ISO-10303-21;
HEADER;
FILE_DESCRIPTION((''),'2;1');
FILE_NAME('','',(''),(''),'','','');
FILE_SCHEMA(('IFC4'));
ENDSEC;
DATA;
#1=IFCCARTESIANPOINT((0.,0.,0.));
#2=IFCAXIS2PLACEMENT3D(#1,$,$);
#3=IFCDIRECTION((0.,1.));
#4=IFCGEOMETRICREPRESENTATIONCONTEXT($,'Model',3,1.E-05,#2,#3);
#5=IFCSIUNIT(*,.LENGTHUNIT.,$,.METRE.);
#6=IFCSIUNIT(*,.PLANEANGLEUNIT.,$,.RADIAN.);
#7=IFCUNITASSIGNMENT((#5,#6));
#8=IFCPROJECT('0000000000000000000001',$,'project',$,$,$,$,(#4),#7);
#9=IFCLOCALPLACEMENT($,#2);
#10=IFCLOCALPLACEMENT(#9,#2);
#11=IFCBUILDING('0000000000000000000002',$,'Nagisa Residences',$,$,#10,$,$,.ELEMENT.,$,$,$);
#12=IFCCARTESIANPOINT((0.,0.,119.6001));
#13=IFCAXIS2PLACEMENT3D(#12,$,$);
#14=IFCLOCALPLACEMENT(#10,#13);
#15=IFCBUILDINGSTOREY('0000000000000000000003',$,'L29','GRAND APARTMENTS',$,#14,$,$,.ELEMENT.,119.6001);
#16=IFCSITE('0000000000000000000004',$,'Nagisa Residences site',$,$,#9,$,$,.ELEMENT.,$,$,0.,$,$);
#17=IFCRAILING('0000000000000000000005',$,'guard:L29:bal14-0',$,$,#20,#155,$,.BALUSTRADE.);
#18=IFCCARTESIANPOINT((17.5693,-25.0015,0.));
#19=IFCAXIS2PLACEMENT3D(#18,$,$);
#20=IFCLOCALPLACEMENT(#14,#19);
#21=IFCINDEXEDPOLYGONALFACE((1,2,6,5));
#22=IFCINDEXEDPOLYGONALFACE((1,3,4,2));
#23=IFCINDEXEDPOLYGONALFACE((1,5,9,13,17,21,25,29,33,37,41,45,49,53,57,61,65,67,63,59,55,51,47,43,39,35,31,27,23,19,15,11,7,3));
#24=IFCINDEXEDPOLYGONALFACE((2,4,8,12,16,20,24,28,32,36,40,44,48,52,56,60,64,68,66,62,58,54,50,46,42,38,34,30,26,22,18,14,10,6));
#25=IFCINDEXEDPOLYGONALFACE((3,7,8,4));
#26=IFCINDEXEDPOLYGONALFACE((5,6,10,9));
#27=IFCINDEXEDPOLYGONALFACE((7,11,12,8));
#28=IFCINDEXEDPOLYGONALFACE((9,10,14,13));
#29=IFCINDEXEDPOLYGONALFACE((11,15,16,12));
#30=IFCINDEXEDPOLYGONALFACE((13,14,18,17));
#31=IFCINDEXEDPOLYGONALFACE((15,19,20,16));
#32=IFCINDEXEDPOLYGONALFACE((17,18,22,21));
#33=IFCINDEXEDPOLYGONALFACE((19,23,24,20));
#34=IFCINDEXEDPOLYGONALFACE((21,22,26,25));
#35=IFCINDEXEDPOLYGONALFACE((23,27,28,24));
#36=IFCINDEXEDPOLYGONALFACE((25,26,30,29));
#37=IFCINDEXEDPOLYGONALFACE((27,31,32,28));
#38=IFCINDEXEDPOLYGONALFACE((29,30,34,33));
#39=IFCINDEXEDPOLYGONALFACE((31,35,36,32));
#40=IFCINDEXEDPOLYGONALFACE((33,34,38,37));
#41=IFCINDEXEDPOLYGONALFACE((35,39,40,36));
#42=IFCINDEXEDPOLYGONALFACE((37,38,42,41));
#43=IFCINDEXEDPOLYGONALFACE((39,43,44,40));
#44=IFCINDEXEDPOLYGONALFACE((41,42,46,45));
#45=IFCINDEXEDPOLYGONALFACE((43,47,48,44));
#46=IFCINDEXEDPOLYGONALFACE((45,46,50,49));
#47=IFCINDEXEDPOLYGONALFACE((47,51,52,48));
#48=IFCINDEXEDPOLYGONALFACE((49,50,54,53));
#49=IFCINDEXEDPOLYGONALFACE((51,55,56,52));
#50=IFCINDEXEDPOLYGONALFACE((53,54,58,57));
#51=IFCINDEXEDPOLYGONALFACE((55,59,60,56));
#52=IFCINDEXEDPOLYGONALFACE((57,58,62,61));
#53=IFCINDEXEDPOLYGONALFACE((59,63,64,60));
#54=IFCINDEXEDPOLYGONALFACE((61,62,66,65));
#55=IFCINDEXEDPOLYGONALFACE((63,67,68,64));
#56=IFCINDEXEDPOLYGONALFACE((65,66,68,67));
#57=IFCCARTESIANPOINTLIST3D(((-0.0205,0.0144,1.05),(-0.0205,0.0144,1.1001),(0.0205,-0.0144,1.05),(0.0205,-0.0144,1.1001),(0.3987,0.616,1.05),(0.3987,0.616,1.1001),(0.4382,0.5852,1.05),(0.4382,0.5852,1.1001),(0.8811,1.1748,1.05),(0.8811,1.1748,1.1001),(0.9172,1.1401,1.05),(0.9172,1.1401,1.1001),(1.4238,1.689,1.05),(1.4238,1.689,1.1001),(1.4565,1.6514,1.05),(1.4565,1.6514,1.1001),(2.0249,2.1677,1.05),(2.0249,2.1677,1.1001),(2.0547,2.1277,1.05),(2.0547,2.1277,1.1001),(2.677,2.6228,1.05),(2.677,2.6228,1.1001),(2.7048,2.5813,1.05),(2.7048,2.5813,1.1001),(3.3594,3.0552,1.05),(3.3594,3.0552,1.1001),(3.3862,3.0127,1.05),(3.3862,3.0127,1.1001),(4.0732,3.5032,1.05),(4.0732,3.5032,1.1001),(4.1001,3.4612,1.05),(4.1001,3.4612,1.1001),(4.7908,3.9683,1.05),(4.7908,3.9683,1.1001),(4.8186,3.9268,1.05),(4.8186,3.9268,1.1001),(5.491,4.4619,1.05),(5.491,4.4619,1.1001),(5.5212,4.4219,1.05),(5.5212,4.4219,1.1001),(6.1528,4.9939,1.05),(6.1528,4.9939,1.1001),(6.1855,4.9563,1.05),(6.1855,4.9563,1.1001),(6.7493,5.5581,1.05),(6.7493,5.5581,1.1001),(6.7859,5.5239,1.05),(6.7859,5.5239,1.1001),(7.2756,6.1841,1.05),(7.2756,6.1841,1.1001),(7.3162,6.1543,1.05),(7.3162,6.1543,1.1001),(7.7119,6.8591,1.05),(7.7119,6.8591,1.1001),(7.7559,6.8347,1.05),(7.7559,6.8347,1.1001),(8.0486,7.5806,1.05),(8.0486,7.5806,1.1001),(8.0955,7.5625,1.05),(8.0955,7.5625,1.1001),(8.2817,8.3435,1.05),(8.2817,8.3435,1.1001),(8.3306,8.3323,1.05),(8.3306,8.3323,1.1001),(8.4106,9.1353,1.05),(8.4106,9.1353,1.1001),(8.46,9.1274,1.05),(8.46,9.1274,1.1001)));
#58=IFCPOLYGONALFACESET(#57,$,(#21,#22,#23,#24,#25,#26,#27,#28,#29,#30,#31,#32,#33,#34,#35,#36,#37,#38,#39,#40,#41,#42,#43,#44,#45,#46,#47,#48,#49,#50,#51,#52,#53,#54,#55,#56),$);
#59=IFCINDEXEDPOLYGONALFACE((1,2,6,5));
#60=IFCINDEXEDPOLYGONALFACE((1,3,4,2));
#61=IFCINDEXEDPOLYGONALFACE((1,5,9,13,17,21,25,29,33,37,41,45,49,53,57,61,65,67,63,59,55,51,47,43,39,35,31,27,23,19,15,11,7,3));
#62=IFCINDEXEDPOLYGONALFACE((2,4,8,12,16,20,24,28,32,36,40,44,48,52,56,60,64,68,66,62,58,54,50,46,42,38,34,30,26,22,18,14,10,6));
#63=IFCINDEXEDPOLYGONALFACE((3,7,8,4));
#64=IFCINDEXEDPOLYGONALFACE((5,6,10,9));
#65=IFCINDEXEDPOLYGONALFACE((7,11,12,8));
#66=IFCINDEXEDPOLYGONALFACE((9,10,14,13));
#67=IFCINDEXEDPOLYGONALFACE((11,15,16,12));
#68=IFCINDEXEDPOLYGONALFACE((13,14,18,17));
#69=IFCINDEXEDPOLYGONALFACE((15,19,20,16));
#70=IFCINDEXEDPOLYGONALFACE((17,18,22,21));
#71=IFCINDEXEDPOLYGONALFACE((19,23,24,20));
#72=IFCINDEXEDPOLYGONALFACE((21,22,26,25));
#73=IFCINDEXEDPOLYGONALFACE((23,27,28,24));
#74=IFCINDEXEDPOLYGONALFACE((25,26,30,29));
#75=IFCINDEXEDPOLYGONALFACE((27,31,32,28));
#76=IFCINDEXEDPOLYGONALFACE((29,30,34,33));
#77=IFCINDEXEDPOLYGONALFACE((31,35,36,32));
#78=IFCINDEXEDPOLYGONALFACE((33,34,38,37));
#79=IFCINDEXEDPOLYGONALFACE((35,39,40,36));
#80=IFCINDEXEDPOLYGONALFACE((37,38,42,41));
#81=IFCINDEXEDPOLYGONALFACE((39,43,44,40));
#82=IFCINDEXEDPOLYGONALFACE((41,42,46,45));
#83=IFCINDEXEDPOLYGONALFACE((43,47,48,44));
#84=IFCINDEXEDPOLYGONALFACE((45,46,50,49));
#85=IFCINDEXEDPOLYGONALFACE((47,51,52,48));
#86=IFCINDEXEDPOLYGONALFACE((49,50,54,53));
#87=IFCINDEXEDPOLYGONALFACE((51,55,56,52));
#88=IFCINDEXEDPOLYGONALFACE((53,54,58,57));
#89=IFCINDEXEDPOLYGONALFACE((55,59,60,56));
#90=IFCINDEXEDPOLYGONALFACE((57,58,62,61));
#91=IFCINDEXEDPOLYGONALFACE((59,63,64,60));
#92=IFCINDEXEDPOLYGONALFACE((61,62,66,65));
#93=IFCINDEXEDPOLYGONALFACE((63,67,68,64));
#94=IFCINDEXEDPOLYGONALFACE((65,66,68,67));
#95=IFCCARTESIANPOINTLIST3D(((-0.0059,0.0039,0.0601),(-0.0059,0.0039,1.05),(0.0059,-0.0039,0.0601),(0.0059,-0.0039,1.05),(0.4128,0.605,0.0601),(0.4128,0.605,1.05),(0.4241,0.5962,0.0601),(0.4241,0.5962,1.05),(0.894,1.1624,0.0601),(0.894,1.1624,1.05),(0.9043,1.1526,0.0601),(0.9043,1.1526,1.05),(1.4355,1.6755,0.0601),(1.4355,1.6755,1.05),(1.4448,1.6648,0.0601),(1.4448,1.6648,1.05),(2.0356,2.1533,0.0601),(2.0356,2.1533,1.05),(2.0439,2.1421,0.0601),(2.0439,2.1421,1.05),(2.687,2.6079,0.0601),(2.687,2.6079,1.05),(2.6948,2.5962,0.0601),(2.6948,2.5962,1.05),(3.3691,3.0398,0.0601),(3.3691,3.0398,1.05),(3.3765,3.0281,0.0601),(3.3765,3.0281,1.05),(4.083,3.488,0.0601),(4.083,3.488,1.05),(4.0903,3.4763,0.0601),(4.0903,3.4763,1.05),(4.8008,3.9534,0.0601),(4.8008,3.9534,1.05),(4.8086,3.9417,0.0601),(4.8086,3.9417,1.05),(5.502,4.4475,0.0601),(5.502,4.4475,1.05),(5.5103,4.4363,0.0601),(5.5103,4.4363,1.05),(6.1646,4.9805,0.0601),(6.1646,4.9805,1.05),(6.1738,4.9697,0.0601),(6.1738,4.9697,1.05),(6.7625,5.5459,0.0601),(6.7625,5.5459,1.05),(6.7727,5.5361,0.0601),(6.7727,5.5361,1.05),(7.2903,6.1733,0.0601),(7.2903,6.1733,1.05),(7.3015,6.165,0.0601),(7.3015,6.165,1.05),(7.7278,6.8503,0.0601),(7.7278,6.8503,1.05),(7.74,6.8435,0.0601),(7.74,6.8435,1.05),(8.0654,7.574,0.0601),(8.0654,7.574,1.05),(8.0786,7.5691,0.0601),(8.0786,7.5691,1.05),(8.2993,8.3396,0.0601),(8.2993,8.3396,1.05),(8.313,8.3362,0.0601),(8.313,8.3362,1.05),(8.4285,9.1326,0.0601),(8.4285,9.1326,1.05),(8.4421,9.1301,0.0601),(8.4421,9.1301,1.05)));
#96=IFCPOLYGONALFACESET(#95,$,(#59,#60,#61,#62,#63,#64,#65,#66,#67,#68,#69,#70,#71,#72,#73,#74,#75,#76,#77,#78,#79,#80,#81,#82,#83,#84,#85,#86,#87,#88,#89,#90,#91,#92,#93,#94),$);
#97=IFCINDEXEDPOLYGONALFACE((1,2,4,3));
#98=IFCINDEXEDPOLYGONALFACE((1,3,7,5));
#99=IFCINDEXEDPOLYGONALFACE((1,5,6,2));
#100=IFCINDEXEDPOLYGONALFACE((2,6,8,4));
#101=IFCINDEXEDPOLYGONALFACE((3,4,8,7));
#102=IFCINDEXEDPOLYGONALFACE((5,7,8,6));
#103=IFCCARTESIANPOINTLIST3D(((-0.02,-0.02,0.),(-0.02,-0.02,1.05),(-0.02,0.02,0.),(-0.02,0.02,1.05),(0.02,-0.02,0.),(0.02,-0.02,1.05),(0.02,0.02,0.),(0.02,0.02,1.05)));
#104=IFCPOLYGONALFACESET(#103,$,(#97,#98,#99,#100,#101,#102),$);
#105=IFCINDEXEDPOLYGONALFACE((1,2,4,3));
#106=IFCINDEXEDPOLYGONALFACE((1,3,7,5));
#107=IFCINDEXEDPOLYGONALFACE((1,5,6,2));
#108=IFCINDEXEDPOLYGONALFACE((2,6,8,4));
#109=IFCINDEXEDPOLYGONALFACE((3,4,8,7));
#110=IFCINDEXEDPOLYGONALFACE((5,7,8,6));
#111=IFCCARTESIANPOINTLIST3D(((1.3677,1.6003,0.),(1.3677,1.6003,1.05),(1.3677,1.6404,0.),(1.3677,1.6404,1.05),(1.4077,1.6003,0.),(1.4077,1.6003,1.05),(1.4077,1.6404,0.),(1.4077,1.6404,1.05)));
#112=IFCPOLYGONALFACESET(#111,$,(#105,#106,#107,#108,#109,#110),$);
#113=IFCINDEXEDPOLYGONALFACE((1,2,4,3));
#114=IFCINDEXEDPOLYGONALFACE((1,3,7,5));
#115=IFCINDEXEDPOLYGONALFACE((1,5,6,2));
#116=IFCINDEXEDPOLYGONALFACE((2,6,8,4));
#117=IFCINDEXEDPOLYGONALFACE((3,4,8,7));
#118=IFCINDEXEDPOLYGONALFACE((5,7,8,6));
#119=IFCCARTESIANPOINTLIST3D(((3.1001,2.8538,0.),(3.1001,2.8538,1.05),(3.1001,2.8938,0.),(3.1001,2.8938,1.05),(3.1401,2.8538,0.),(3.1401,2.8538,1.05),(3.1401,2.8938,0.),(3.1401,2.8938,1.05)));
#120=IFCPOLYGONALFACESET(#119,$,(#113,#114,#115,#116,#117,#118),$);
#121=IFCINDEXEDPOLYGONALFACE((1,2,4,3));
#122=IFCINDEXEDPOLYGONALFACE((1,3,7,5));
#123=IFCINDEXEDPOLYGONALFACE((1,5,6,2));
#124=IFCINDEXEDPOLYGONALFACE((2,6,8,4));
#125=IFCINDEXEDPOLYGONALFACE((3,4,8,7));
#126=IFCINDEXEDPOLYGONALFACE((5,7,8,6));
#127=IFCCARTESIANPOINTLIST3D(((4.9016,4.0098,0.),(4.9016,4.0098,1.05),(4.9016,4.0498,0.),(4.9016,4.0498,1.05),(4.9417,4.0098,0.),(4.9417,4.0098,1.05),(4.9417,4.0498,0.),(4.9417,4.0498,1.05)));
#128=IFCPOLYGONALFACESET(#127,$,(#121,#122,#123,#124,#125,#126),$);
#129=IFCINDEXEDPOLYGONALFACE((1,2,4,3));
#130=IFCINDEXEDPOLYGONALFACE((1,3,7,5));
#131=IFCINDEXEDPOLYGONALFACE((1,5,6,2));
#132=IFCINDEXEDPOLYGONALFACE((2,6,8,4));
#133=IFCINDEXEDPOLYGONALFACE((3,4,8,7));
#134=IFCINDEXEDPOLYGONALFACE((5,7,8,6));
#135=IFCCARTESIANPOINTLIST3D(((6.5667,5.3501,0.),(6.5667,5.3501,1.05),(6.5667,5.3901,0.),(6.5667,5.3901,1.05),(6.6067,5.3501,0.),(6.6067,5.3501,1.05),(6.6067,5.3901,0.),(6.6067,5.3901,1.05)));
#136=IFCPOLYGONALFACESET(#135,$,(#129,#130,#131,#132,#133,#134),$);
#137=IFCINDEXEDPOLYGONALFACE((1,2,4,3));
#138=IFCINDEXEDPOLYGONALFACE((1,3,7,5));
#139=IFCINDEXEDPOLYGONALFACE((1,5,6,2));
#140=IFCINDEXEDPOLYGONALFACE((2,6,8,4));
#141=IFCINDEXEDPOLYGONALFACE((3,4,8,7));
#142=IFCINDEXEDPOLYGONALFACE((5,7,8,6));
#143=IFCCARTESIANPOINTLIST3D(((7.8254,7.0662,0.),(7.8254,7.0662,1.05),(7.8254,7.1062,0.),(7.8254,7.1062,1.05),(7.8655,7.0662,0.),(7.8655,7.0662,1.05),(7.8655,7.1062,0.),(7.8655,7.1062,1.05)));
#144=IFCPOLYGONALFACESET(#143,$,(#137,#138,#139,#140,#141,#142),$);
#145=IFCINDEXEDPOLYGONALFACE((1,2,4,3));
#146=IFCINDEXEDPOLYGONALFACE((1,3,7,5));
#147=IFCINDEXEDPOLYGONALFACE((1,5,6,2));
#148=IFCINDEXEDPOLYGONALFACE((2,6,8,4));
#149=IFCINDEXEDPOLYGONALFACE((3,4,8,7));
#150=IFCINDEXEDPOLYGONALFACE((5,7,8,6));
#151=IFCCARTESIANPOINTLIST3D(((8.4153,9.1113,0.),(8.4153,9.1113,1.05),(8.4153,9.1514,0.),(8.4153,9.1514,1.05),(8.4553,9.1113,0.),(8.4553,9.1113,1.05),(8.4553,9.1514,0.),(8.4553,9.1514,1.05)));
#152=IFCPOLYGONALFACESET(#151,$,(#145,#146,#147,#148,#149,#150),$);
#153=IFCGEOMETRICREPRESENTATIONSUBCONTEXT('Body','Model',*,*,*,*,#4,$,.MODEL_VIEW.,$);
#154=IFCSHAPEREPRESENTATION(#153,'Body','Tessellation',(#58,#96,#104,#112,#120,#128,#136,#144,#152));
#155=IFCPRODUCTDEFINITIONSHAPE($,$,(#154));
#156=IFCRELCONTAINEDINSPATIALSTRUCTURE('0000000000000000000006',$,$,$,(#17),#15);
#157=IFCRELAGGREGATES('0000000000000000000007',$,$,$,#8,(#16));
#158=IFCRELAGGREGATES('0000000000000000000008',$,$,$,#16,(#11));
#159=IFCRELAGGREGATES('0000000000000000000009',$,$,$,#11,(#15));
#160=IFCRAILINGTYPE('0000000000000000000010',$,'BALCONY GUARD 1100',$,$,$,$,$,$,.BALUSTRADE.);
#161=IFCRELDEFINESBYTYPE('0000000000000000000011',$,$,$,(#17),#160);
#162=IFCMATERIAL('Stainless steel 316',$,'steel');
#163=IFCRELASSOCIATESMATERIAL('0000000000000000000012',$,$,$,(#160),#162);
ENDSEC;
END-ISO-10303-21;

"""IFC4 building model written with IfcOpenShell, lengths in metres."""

from ifc_helpers import new_model, si_unit, direction, frame, origin, origin_2d, place, context, subcontext, project, spatial, polyline, rectangle, outline, extrude, material, type_object, element, save


model = new_model("IFC4")

# Units and contexts
model_context = context("Model", 3, precision=1e-05, world=origin(), true_north=direction((0.0, 1.0)))
body_context = subcontext(model_context, "Body", "Model", "MODEL_VIEW")
ifc_project = project(units=[si_unit("LENGTHUNIT", "METRE"), si_unit("PLANEANGLEUNIT", "RADIAN")], contexts=[model_context])

# Site, building, storey
site_placement = place(None, origin())
site = spatial("IfcSite", under=ifc_project, at=site_placement, Name="Nagisa Residences site", CompositionType="ELEMENT", RefElevation=0.0)
building_placement = place(site_placement, origin())
building = spatial("IfcBuilding", under=site, at=building_placement, Name="Nagisa Residences", CompositionType="ELEMENT")
storey_placement = place(building_placement, frame((0.0, 0.0, 119.6001)))
storey = spatial("IfcBuildingStorey", under=building, at=storey_placement, Name="L29", Description="GRAND APARTMENTS", CompositionType="ELEMENT", Elevation=119.6001)

# Railing
ifc_material_1 = material(Name="Stainless steel 316", Category="steel")
railing_type = type_object("IfcRailingType", Name="BALCONY GUARD 1100", PredefinedType="BALUSTRADE", material=ifc_material_1)
railing_1_placement = place(storey_placement, frame((17.5693, -25.0015, 0.0)))
element("IfcRailing", 1, at=railing_1_placement, inside=storey, type_object=railing_type, Name="guard:L29:bal14-0", PredefinedType="BALUSTRADE", context=body_context, shape_type="SweptSolid", body=[
    extrude(outline(polyline([(0.3987, 0.616), (-0.0205, 0.0144), (0.0205, -0.0144), (0.4382, 0.5852), (0.9172, 1.1401), (1.4565, 1.6514), (2.0547, 2.1277), (2.7048, 2.5813), (3.3862, 3.0127), (4.1001, 3.4612), (4.8186, 3.9268), (5.5212, 4.4219), (6.1855, 4.9563), (6.7859, 5.5239), (7.3162, 6.1543), (7.7559, 6.8347), (8.0955, 7.5625), (8.3306, 8.3323), (8.46, 9.1274), (8.4106, 9.1353), (8.2817, 8.3435), (8.0486, 7.5806), (7.7119, 6.8591), (7.2756, 6.1841), (6.7493, 5.5581), (6.1528, 4.9939), (5.491, 4.4619), (4.7908, 3.9683), (4.0732, 3.5032), (3.3594, 3.0552), (2.677, 2.6228), (2.0249, 2.1677), (1.4238, 1.689), (0.8811, 1.1748), (0.3987, 0.616)])), frame((0.0, 0.0, 1.05)), (0.0, 0.0, 1.0), 0.05),
    extrude(outline(polyline([(0.4128, 0.605), (-0.0059, 0.0039), (0.0059, -0.0039), (0.4241, 0.5962), (0.9043, 1.1526), (1.4448, 1.6648), (2.0439, 2.1421), (2.6948, 2.5962), (3.3765, 3.0281), (4.0903, 3.4763), (4.8086, 3.9417), (5.5103, 4.4363), (6.1738, 4.9697), (6.7727, 5.5361), (7.3015, 6.165), (7.74, 6.8435), (8.0786, 7.5691), (8.313, 8.3362), (8.4421, 9.1301), (8.4285, 9.1326), (8.2993, 8.3396), (8.0654, 7.574), (7.7278, 6.8503), (7.2903, 6.1733), (6.7625, 5.5459), (6.1646, 4.9805), (5.502, 4.4475), (4.8008, 3.9534), (4.083, 3.488), (3.3691, 3.0398), (2.687, 2.6079), (2.0356, 2.1533), (1.4355, 1.6755), (0.894, 1.1624), (0.4128, 0.605)])), frame((0.0, 0.0, 0.0601)), (0.0, 0.0, 1.0), 0.99),
    extrude(rectangle(XDim=0.04, YDim=0.04, at=origin_2d()), origin(), (0.0, 0.0, 1.0), 1.05),
    extrude(rectangle(XDim=0.04, YDim=0.04, at=origin_2d()), frame((1.3877, 1.6204, 0.0)), (0.0, 0.0, 1.0), 1.05),
    extrude(rectangle(XDim=0.04, YDim=0.04, at=origin_2d()), frame((3.1201, 2.8738, 0.0)), (0.0, 0.0, 1.0), 1.05),
    extrude(rectangle(XDim=0.04, YDim=0.04, at=origin_2d()), frame((4.9216, 4.0298, 0.0)), (0.0, 0.0, 1.0), 1.05),
    extrude(rectangle(XDim=0.04, YDim=0.04, at=origin_2d()), frame((6.5867, 5.3701, 0.0)), (0.0, 0.0, 1.0), 1.05),
    extrude(rectangle(XDim=0.04, YDim=0.04, at=origin_2d()), frame((7.8455, 7.0862, 0.0)), (0.0, 0.0, 1.0), 1.05),
    extrude(rectangle(XDim=0.04, YDim=0.04, at=origin_2d()), frame((8.4353, 9.1313, 0.0)), (0.0, 0.0, 1.0), 1.05),
])

save(model, "model.ifc")
